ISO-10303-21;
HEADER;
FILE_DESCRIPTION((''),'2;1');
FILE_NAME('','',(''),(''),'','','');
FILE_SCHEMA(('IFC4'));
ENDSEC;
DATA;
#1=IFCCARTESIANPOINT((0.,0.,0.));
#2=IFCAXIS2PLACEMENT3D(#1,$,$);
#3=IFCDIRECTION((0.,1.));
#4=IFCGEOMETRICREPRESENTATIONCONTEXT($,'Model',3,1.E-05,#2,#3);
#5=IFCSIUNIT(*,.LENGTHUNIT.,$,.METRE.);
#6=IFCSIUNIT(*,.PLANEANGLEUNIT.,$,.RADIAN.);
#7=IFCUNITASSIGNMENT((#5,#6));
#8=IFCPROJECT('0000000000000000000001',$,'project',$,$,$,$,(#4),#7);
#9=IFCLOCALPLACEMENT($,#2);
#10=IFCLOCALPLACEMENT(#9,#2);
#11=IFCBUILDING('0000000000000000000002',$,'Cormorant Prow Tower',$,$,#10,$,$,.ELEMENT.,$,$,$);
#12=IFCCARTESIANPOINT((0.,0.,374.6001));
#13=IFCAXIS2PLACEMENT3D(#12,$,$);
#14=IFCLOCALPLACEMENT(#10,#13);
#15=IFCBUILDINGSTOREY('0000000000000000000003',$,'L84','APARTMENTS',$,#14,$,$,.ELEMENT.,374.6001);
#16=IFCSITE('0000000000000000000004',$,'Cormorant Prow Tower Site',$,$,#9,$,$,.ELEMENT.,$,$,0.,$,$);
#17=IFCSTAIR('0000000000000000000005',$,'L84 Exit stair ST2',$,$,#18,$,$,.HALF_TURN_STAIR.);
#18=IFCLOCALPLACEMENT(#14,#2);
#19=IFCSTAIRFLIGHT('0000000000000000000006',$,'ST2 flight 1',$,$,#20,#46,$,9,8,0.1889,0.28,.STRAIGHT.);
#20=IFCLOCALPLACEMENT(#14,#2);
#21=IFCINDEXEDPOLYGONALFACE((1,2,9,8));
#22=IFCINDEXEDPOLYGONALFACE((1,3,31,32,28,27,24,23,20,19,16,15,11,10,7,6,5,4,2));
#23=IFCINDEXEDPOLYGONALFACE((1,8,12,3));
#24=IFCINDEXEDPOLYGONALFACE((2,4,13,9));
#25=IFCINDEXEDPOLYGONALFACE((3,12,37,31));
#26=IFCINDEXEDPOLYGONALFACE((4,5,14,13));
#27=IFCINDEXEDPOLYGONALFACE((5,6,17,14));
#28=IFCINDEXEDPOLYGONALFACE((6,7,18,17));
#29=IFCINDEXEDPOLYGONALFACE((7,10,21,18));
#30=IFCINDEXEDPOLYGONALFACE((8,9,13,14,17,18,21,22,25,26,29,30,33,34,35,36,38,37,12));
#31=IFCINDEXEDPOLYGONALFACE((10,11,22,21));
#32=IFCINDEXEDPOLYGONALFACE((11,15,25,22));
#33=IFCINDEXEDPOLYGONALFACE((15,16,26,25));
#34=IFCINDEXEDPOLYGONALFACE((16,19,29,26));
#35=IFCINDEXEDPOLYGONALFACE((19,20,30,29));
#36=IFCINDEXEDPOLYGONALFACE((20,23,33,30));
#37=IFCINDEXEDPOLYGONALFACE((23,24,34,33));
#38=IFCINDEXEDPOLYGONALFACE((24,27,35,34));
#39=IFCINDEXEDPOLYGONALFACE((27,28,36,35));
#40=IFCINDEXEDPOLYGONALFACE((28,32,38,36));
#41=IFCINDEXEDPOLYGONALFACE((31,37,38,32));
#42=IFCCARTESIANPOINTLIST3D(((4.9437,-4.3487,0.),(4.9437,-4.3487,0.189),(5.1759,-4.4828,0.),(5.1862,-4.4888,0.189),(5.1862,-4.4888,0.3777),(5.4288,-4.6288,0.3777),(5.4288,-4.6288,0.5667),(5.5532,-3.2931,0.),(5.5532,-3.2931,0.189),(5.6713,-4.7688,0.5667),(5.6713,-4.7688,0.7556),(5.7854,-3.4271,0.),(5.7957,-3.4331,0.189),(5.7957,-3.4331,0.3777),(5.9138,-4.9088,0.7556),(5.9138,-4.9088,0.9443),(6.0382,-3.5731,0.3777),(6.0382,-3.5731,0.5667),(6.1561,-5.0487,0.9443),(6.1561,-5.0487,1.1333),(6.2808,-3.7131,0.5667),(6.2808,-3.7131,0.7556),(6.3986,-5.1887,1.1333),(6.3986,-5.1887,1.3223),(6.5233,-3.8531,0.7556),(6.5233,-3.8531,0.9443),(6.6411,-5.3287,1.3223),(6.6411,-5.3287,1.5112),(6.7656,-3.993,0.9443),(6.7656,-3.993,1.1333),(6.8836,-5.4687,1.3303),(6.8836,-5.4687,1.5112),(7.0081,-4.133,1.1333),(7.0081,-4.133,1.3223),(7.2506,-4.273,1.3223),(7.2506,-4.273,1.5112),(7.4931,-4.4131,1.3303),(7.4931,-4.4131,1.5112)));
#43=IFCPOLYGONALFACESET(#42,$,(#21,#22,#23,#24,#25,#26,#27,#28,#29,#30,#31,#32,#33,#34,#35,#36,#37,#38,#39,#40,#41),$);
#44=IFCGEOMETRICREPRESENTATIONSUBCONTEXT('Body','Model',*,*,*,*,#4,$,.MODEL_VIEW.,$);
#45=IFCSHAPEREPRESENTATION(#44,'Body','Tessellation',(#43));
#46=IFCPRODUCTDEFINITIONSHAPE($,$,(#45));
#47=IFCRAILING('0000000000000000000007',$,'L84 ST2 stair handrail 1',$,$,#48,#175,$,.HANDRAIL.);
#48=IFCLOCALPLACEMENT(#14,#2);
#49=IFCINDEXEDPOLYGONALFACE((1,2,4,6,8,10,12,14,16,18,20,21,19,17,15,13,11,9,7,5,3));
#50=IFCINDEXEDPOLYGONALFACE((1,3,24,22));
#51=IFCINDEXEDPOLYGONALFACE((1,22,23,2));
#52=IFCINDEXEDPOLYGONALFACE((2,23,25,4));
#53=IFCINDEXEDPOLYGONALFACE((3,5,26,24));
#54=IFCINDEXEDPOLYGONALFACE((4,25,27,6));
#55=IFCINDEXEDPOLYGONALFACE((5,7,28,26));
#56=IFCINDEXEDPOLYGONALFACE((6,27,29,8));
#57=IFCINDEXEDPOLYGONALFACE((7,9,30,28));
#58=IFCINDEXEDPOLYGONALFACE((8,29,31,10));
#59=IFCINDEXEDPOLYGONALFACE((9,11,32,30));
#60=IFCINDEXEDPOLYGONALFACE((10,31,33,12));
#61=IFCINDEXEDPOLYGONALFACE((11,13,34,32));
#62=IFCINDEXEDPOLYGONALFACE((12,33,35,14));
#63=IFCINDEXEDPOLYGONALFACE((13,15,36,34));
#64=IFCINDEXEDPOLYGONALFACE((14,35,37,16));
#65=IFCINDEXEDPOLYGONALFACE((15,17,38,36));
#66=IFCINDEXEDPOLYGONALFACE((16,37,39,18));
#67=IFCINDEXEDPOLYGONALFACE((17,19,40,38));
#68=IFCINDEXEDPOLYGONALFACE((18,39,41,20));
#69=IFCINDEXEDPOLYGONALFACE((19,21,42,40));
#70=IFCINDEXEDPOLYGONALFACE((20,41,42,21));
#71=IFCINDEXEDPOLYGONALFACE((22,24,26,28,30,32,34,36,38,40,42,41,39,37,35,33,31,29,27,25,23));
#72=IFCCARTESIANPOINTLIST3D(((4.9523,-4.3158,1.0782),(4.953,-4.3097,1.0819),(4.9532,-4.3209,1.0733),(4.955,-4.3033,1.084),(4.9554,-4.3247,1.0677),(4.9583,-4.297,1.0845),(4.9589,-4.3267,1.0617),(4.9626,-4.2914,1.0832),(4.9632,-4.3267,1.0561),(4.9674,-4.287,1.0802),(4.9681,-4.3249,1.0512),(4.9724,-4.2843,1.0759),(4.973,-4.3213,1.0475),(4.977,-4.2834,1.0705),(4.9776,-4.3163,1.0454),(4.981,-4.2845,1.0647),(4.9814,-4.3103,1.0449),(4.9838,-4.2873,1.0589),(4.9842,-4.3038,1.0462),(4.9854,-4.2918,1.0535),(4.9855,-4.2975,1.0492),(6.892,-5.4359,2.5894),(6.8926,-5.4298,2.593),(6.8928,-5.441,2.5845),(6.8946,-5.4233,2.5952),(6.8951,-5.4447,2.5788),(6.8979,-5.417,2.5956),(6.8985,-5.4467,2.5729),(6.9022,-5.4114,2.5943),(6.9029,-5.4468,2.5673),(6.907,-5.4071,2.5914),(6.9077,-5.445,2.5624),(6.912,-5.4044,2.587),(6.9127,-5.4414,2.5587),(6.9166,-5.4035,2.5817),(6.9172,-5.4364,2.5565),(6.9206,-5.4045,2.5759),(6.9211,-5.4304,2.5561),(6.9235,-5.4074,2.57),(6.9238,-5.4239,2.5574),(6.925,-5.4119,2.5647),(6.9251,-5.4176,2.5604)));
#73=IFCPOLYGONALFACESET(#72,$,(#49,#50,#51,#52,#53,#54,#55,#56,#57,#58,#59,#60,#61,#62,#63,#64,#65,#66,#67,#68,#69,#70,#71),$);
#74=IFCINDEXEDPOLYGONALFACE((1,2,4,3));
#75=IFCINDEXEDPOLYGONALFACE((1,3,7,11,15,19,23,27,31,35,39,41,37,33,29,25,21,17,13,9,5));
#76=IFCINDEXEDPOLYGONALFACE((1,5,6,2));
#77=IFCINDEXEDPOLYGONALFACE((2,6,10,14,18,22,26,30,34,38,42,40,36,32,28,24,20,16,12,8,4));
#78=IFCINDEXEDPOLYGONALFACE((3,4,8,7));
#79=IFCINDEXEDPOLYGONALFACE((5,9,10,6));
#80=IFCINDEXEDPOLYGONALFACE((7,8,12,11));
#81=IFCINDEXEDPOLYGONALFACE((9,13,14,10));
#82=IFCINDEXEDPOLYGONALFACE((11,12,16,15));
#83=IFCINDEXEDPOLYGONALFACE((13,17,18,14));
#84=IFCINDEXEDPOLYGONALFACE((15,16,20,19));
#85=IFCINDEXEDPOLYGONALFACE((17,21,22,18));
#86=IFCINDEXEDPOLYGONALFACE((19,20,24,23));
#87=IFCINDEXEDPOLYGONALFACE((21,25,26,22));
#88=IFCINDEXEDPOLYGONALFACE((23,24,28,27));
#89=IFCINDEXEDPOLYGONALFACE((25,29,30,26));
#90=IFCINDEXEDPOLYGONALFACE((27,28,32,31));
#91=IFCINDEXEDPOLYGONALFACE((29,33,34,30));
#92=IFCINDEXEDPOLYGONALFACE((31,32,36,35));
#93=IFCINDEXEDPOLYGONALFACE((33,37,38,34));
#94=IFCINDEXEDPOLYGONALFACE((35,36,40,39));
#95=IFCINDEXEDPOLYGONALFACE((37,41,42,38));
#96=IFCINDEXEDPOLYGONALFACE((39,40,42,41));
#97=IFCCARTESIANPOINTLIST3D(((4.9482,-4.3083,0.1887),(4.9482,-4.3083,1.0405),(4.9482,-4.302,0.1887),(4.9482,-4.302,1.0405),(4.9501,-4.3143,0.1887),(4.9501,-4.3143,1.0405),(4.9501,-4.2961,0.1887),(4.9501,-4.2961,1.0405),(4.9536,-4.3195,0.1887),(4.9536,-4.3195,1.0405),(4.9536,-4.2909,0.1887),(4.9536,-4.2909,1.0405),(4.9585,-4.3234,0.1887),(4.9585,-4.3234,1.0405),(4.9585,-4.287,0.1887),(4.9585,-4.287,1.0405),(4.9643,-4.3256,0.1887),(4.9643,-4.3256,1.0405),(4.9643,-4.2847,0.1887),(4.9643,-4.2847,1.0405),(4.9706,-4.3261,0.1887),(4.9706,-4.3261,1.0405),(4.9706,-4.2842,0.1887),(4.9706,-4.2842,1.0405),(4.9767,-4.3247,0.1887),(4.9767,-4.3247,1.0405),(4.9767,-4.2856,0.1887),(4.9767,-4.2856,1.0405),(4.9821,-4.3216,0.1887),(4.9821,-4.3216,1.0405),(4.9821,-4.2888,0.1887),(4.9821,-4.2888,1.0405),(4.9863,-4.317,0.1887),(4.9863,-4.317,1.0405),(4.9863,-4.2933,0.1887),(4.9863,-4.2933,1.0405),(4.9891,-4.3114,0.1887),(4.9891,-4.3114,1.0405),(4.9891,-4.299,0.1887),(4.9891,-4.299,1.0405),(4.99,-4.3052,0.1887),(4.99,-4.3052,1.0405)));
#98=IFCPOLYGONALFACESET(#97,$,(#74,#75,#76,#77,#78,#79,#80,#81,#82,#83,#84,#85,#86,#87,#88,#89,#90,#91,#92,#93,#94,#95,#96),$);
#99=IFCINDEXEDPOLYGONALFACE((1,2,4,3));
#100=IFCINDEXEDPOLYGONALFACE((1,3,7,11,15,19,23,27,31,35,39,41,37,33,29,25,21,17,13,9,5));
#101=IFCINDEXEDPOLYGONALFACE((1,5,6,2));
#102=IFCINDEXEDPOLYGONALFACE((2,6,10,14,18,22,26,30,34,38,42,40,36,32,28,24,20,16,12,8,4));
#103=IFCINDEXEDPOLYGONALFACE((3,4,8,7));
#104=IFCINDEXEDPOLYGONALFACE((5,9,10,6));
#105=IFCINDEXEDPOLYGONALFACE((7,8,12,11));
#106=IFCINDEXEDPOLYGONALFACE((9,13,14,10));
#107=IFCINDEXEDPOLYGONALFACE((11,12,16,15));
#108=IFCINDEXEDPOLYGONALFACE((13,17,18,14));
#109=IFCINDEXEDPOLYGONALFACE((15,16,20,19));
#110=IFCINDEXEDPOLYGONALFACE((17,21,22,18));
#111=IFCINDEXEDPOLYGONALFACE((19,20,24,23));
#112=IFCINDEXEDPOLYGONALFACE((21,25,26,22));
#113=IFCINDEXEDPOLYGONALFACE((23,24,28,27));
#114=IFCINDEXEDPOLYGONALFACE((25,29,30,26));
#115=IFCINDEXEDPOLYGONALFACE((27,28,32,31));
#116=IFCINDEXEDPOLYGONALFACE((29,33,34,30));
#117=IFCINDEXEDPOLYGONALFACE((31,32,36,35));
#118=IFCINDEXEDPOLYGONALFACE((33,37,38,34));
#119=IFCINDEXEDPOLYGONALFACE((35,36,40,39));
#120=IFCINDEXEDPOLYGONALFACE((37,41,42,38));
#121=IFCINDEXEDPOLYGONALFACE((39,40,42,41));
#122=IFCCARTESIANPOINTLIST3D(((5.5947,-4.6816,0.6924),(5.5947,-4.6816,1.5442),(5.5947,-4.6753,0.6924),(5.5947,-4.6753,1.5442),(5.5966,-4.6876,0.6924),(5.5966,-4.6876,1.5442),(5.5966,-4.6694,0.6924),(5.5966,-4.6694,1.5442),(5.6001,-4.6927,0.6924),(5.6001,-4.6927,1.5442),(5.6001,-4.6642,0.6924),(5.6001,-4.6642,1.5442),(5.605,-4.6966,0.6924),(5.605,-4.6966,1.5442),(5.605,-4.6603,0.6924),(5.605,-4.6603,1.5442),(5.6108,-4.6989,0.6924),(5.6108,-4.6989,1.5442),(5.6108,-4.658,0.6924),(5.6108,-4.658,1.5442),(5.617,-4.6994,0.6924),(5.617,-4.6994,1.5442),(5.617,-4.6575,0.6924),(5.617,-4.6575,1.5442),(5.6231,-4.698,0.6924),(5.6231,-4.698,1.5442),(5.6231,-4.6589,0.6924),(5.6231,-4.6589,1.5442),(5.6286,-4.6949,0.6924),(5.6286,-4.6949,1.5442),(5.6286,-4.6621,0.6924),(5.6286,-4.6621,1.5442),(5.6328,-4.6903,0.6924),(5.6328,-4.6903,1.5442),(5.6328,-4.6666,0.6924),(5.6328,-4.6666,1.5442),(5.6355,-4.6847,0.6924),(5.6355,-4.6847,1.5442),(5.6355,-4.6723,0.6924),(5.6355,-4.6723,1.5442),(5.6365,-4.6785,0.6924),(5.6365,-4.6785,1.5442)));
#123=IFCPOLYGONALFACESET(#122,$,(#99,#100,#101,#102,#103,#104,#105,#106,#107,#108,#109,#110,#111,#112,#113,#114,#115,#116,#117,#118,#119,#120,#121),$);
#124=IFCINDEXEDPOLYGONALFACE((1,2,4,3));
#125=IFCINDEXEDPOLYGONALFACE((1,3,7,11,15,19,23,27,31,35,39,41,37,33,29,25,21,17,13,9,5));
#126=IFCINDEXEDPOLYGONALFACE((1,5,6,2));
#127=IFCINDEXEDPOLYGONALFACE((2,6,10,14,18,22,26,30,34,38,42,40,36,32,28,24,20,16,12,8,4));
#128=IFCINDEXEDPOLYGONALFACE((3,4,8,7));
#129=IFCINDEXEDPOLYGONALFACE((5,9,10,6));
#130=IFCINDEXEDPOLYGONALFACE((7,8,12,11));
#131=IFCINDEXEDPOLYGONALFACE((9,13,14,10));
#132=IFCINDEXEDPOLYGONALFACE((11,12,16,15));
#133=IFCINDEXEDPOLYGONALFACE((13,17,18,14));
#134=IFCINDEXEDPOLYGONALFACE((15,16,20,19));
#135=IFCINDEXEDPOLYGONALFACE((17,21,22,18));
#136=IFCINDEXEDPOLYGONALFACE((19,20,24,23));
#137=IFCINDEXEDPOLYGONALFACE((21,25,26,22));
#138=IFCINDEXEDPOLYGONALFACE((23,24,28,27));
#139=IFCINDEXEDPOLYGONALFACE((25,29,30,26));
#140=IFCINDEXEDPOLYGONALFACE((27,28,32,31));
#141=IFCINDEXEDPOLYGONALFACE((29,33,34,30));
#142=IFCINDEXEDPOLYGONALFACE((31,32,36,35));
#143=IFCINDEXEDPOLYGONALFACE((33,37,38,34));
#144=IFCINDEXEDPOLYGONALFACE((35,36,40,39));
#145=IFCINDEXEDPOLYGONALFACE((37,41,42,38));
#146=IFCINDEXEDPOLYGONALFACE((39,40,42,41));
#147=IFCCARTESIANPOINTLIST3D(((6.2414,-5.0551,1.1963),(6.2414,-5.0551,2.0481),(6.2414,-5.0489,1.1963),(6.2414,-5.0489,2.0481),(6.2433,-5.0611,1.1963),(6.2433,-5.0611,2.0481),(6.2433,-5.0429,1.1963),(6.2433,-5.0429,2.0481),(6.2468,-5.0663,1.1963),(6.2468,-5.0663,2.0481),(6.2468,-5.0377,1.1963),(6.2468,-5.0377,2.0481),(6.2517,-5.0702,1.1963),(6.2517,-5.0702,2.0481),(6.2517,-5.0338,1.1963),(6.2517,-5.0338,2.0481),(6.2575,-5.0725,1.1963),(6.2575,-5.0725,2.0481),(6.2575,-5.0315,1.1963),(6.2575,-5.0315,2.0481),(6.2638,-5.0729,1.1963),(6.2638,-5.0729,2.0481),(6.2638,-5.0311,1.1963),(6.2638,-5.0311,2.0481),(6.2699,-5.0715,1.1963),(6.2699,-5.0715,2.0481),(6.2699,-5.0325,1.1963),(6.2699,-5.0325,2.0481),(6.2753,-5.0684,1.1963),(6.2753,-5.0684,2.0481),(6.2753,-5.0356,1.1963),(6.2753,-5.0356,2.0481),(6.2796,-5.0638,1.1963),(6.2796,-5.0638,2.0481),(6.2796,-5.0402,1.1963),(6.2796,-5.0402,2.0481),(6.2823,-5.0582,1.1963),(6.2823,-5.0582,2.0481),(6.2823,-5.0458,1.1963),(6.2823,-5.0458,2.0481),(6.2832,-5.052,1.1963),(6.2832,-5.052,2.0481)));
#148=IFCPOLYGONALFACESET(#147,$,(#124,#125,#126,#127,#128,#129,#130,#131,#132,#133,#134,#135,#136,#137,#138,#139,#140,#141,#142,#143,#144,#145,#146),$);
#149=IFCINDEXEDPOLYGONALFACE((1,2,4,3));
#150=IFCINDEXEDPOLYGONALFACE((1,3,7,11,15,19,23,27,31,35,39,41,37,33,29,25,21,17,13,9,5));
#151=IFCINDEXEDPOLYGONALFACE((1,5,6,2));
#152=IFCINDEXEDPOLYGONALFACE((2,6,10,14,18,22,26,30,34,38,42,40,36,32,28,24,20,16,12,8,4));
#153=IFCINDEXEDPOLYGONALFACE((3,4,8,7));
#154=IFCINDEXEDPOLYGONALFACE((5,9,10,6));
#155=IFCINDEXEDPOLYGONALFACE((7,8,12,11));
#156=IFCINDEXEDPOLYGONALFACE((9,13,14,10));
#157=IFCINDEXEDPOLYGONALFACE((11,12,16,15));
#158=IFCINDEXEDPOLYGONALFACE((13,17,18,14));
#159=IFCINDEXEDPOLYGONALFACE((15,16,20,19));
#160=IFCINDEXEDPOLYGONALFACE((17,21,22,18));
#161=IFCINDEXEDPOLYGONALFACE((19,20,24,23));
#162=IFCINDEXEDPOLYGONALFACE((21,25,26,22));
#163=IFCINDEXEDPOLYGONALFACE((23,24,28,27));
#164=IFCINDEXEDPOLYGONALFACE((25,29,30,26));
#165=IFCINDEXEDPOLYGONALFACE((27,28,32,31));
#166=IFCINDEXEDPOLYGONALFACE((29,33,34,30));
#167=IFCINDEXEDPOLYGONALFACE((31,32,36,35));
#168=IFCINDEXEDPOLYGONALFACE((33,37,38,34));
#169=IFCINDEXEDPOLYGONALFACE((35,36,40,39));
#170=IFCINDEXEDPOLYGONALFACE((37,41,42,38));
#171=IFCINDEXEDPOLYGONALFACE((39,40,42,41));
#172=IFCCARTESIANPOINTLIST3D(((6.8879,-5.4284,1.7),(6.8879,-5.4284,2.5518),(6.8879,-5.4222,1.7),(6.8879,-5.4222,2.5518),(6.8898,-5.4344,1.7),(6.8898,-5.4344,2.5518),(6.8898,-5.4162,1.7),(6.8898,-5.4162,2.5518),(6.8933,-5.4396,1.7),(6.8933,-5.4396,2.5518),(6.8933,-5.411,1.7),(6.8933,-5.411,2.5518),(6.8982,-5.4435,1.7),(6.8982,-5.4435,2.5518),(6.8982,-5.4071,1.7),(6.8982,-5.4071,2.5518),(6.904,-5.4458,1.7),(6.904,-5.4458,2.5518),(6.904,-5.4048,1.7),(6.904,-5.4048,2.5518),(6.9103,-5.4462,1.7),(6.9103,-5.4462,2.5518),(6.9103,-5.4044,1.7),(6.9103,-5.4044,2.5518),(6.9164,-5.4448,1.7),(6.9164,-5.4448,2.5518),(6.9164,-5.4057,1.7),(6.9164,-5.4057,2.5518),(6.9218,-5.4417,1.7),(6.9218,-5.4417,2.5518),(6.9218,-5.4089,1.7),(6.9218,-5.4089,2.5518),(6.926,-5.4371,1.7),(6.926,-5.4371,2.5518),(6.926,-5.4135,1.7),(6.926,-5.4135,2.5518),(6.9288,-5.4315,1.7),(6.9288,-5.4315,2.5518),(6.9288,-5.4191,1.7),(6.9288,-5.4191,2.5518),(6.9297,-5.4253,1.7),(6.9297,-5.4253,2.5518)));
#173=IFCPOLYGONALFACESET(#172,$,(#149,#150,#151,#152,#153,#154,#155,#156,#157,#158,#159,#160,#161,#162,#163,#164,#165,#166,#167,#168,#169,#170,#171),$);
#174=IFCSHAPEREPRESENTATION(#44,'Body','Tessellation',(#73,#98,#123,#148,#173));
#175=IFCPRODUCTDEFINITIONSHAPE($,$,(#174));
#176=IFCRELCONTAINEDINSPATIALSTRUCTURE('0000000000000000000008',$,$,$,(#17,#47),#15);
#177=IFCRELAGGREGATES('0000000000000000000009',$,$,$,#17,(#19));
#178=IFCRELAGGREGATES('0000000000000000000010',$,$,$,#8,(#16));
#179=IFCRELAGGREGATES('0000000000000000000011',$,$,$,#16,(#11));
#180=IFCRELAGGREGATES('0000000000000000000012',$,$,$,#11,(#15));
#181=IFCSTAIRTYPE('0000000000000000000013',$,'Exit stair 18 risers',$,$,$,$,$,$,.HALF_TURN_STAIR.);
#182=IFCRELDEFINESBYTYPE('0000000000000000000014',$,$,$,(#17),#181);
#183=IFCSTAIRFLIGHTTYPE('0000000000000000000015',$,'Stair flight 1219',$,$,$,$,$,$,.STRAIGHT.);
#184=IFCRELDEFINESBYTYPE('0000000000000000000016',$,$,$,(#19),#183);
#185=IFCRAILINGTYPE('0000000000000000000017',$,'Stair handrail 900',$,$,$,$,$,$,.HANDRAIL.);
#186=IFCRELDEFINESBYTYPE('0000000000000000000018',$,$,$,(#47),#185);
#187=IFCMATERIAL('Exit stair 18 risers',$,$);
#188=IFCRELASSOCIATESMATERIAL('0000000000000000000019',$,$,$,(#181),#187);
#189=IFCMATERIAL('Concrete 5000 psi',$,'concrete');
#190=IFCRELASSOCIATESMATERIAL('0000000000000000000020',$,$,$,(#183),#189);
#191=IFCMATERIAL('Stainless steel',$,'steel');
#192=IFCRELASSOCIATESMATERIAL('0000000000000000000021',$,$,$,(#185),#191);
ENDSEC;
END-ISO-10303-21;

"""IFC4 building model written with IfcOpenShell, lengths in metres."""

from ifc_helpers import new_model, si_unit, direction, frame, origin, origin_2d, place, context, subcontext, project, spatial, polyline, circle, outline, extrude, material, type_object, element, aggregate, save


model = new_model("IFC4")

# Units and contexts
model_context = context("Model", 3, precision=1e-05, world=origin(), true_north=direction((0.0, 1.0)))
body_context = subcontext(model_context, "Body", "Model", "MODEL_VIEW")
ifc_project = project(units=[si_unit("LENGTHUNIT", "METRE"), si_unit("PLANEANGLEUNIT", "RADIAN")], contexts=[model_context])

# Site, building, storey
site_placement = place(None, origin())
site = spatial("IfcSite", under=ifc_project, at=site_placement, Name="Cormorant Prow Tower Site", CompositionType="ELEMENT", RefElevation=0.0)
building_placement = place(site_placement, origin())
building = spatial("IfcBuilding", under=site, at=building_placement, Name="Cormorant Prow Tower", CompositionType="ELEMENT")
storey_placement = place(building_placement, frame((0.0, 0.0, 374.6001)))
storey = spatial("IfcBuildingStorey", under=building, at=storey_placement, Name="L84", Description="APARTMENTS", CompositionType="ELEMENT", Elevation=374.6001)

# Stair, stair flight
ifc_material_1 = material(Name="Exit stair 18 risers")
stair_type = type_object("IfcStairType", Name="Exit stair 18 risers", PredefinedType="HALF_TURN_STAIR", material=ifc_material_1)
stair_placement = place(storey_placement, origin())
stair = element("IfcStair", 1, at=stair_placement, inside=storey, type_object=stair_type, Name="L84 Exit stair ST2", PredefinedType="HALF_TURN_STAIR")
ifc_material_2 = material(Name="Concrete 5000 psi", Category="concrete")
stair_flight_type = type_object("IfcStairFlightType", Name="Stair flight 1219", PredefinedType="STRAIGHT", material=ifc_material_2)
stair_flight_placement = place(storey_placement, frame((5.2485, -3.8208, 0.0), z_axis=(0.0, 0.0, 1.0), x_axis=(0.866025, -0.5, 0.0)))
stair_flight = element("IfcStairFlight", 2, at=stair_flight_placement, type_object=stair_flight_type, Name="ST2 flight 1", NumberOfRisers=9, NumberOfTreads=8, PredefinedType="STRAIGHT", RiserHeight=0.1889, TreadLength=0.28, context=body_context, shape_type="SweptSolid", body=[
    extrude(outline(polyline([(0.0, 0.0), (0.0, 0.189), (0.28, 0.189), (0.28, 0.3777), (0.5601, 0.3777), (0.5601, 0.5667), (0.8401, 0.5667), (0.8401, 0.7556), (1.1201, 0.7556), (1.1201, 0.9443), (1.3999, 0.9443), (1.3999, 1.1333), (1.6799, 1.1333), (1.6799, 1.3223), (1.96, 1.3223), (1.96, 1.5112), (2.24, 1.5112), (2.24, 1.7), (2.24, 1.3303), (0.2681, 0.0), (0.0, 0.0)])), frame((0.0, 0.6094, 0.0), z_axis=(0.0, -1.0, 0.0), x_axis=(1.0, 0.0, 0.0)), (0.0, 0.0, 1.0), 1.219),
])
aggregate(stair, [stair_flight])

# Railing
ifc_material_3 = material(Name="Stainless steel", Category="steel")
railing_type_1 = type_object("IfcRailingType", Name="Stair handrail 900", PredefinedType="HANDRAIL", material=ifc_material_3)
railing_1_placement = place(storey_placement, frame((4.969, -4.3052, 0.1887)))
element("IfcRailing", 3, at=railing_1_placement, inside=storey, type_object=railing_type_1, Name="L84 ST2 stair handrail 1", PredefinedType="HANDRAIL", context=body_context, shape_type="SweptSolid", body=[
    extrude(circle(Radius=0.0239, at=origin_2d()), frame((0.0, 0.0, 0.876), z_axis=(0.71787, -0.414548, 0.559297), x_axis=(0.500078, 0.86598, 0.0)), (0.0, 0.0, 1.0), 2.7019),
    extrude(circle(Radius=0.021, at=origin_2d()), origin(), (0.0, 0.0, 1.0), 0.8518),
    extrude(circle(Radius=0.021, at=origin_2d()), frame((0.6465, -0.3733, 0.5037)), (0.0, 0.0, 1.0), 0.8518),
    extrude(circle(Radius=0.021, at=origin_2d()), frame((1.2932, -0.7468, 1.0076)), (0.0, 0.0, 1.0), 0.8518),
    extrude(circle(Radius=0.021, at=origin_2d()), frame((1.9397, -1.1201, 1.5112)), (0.0, 0.0, 1.0), 0.8518),
])

save(model, "model.ifc")
